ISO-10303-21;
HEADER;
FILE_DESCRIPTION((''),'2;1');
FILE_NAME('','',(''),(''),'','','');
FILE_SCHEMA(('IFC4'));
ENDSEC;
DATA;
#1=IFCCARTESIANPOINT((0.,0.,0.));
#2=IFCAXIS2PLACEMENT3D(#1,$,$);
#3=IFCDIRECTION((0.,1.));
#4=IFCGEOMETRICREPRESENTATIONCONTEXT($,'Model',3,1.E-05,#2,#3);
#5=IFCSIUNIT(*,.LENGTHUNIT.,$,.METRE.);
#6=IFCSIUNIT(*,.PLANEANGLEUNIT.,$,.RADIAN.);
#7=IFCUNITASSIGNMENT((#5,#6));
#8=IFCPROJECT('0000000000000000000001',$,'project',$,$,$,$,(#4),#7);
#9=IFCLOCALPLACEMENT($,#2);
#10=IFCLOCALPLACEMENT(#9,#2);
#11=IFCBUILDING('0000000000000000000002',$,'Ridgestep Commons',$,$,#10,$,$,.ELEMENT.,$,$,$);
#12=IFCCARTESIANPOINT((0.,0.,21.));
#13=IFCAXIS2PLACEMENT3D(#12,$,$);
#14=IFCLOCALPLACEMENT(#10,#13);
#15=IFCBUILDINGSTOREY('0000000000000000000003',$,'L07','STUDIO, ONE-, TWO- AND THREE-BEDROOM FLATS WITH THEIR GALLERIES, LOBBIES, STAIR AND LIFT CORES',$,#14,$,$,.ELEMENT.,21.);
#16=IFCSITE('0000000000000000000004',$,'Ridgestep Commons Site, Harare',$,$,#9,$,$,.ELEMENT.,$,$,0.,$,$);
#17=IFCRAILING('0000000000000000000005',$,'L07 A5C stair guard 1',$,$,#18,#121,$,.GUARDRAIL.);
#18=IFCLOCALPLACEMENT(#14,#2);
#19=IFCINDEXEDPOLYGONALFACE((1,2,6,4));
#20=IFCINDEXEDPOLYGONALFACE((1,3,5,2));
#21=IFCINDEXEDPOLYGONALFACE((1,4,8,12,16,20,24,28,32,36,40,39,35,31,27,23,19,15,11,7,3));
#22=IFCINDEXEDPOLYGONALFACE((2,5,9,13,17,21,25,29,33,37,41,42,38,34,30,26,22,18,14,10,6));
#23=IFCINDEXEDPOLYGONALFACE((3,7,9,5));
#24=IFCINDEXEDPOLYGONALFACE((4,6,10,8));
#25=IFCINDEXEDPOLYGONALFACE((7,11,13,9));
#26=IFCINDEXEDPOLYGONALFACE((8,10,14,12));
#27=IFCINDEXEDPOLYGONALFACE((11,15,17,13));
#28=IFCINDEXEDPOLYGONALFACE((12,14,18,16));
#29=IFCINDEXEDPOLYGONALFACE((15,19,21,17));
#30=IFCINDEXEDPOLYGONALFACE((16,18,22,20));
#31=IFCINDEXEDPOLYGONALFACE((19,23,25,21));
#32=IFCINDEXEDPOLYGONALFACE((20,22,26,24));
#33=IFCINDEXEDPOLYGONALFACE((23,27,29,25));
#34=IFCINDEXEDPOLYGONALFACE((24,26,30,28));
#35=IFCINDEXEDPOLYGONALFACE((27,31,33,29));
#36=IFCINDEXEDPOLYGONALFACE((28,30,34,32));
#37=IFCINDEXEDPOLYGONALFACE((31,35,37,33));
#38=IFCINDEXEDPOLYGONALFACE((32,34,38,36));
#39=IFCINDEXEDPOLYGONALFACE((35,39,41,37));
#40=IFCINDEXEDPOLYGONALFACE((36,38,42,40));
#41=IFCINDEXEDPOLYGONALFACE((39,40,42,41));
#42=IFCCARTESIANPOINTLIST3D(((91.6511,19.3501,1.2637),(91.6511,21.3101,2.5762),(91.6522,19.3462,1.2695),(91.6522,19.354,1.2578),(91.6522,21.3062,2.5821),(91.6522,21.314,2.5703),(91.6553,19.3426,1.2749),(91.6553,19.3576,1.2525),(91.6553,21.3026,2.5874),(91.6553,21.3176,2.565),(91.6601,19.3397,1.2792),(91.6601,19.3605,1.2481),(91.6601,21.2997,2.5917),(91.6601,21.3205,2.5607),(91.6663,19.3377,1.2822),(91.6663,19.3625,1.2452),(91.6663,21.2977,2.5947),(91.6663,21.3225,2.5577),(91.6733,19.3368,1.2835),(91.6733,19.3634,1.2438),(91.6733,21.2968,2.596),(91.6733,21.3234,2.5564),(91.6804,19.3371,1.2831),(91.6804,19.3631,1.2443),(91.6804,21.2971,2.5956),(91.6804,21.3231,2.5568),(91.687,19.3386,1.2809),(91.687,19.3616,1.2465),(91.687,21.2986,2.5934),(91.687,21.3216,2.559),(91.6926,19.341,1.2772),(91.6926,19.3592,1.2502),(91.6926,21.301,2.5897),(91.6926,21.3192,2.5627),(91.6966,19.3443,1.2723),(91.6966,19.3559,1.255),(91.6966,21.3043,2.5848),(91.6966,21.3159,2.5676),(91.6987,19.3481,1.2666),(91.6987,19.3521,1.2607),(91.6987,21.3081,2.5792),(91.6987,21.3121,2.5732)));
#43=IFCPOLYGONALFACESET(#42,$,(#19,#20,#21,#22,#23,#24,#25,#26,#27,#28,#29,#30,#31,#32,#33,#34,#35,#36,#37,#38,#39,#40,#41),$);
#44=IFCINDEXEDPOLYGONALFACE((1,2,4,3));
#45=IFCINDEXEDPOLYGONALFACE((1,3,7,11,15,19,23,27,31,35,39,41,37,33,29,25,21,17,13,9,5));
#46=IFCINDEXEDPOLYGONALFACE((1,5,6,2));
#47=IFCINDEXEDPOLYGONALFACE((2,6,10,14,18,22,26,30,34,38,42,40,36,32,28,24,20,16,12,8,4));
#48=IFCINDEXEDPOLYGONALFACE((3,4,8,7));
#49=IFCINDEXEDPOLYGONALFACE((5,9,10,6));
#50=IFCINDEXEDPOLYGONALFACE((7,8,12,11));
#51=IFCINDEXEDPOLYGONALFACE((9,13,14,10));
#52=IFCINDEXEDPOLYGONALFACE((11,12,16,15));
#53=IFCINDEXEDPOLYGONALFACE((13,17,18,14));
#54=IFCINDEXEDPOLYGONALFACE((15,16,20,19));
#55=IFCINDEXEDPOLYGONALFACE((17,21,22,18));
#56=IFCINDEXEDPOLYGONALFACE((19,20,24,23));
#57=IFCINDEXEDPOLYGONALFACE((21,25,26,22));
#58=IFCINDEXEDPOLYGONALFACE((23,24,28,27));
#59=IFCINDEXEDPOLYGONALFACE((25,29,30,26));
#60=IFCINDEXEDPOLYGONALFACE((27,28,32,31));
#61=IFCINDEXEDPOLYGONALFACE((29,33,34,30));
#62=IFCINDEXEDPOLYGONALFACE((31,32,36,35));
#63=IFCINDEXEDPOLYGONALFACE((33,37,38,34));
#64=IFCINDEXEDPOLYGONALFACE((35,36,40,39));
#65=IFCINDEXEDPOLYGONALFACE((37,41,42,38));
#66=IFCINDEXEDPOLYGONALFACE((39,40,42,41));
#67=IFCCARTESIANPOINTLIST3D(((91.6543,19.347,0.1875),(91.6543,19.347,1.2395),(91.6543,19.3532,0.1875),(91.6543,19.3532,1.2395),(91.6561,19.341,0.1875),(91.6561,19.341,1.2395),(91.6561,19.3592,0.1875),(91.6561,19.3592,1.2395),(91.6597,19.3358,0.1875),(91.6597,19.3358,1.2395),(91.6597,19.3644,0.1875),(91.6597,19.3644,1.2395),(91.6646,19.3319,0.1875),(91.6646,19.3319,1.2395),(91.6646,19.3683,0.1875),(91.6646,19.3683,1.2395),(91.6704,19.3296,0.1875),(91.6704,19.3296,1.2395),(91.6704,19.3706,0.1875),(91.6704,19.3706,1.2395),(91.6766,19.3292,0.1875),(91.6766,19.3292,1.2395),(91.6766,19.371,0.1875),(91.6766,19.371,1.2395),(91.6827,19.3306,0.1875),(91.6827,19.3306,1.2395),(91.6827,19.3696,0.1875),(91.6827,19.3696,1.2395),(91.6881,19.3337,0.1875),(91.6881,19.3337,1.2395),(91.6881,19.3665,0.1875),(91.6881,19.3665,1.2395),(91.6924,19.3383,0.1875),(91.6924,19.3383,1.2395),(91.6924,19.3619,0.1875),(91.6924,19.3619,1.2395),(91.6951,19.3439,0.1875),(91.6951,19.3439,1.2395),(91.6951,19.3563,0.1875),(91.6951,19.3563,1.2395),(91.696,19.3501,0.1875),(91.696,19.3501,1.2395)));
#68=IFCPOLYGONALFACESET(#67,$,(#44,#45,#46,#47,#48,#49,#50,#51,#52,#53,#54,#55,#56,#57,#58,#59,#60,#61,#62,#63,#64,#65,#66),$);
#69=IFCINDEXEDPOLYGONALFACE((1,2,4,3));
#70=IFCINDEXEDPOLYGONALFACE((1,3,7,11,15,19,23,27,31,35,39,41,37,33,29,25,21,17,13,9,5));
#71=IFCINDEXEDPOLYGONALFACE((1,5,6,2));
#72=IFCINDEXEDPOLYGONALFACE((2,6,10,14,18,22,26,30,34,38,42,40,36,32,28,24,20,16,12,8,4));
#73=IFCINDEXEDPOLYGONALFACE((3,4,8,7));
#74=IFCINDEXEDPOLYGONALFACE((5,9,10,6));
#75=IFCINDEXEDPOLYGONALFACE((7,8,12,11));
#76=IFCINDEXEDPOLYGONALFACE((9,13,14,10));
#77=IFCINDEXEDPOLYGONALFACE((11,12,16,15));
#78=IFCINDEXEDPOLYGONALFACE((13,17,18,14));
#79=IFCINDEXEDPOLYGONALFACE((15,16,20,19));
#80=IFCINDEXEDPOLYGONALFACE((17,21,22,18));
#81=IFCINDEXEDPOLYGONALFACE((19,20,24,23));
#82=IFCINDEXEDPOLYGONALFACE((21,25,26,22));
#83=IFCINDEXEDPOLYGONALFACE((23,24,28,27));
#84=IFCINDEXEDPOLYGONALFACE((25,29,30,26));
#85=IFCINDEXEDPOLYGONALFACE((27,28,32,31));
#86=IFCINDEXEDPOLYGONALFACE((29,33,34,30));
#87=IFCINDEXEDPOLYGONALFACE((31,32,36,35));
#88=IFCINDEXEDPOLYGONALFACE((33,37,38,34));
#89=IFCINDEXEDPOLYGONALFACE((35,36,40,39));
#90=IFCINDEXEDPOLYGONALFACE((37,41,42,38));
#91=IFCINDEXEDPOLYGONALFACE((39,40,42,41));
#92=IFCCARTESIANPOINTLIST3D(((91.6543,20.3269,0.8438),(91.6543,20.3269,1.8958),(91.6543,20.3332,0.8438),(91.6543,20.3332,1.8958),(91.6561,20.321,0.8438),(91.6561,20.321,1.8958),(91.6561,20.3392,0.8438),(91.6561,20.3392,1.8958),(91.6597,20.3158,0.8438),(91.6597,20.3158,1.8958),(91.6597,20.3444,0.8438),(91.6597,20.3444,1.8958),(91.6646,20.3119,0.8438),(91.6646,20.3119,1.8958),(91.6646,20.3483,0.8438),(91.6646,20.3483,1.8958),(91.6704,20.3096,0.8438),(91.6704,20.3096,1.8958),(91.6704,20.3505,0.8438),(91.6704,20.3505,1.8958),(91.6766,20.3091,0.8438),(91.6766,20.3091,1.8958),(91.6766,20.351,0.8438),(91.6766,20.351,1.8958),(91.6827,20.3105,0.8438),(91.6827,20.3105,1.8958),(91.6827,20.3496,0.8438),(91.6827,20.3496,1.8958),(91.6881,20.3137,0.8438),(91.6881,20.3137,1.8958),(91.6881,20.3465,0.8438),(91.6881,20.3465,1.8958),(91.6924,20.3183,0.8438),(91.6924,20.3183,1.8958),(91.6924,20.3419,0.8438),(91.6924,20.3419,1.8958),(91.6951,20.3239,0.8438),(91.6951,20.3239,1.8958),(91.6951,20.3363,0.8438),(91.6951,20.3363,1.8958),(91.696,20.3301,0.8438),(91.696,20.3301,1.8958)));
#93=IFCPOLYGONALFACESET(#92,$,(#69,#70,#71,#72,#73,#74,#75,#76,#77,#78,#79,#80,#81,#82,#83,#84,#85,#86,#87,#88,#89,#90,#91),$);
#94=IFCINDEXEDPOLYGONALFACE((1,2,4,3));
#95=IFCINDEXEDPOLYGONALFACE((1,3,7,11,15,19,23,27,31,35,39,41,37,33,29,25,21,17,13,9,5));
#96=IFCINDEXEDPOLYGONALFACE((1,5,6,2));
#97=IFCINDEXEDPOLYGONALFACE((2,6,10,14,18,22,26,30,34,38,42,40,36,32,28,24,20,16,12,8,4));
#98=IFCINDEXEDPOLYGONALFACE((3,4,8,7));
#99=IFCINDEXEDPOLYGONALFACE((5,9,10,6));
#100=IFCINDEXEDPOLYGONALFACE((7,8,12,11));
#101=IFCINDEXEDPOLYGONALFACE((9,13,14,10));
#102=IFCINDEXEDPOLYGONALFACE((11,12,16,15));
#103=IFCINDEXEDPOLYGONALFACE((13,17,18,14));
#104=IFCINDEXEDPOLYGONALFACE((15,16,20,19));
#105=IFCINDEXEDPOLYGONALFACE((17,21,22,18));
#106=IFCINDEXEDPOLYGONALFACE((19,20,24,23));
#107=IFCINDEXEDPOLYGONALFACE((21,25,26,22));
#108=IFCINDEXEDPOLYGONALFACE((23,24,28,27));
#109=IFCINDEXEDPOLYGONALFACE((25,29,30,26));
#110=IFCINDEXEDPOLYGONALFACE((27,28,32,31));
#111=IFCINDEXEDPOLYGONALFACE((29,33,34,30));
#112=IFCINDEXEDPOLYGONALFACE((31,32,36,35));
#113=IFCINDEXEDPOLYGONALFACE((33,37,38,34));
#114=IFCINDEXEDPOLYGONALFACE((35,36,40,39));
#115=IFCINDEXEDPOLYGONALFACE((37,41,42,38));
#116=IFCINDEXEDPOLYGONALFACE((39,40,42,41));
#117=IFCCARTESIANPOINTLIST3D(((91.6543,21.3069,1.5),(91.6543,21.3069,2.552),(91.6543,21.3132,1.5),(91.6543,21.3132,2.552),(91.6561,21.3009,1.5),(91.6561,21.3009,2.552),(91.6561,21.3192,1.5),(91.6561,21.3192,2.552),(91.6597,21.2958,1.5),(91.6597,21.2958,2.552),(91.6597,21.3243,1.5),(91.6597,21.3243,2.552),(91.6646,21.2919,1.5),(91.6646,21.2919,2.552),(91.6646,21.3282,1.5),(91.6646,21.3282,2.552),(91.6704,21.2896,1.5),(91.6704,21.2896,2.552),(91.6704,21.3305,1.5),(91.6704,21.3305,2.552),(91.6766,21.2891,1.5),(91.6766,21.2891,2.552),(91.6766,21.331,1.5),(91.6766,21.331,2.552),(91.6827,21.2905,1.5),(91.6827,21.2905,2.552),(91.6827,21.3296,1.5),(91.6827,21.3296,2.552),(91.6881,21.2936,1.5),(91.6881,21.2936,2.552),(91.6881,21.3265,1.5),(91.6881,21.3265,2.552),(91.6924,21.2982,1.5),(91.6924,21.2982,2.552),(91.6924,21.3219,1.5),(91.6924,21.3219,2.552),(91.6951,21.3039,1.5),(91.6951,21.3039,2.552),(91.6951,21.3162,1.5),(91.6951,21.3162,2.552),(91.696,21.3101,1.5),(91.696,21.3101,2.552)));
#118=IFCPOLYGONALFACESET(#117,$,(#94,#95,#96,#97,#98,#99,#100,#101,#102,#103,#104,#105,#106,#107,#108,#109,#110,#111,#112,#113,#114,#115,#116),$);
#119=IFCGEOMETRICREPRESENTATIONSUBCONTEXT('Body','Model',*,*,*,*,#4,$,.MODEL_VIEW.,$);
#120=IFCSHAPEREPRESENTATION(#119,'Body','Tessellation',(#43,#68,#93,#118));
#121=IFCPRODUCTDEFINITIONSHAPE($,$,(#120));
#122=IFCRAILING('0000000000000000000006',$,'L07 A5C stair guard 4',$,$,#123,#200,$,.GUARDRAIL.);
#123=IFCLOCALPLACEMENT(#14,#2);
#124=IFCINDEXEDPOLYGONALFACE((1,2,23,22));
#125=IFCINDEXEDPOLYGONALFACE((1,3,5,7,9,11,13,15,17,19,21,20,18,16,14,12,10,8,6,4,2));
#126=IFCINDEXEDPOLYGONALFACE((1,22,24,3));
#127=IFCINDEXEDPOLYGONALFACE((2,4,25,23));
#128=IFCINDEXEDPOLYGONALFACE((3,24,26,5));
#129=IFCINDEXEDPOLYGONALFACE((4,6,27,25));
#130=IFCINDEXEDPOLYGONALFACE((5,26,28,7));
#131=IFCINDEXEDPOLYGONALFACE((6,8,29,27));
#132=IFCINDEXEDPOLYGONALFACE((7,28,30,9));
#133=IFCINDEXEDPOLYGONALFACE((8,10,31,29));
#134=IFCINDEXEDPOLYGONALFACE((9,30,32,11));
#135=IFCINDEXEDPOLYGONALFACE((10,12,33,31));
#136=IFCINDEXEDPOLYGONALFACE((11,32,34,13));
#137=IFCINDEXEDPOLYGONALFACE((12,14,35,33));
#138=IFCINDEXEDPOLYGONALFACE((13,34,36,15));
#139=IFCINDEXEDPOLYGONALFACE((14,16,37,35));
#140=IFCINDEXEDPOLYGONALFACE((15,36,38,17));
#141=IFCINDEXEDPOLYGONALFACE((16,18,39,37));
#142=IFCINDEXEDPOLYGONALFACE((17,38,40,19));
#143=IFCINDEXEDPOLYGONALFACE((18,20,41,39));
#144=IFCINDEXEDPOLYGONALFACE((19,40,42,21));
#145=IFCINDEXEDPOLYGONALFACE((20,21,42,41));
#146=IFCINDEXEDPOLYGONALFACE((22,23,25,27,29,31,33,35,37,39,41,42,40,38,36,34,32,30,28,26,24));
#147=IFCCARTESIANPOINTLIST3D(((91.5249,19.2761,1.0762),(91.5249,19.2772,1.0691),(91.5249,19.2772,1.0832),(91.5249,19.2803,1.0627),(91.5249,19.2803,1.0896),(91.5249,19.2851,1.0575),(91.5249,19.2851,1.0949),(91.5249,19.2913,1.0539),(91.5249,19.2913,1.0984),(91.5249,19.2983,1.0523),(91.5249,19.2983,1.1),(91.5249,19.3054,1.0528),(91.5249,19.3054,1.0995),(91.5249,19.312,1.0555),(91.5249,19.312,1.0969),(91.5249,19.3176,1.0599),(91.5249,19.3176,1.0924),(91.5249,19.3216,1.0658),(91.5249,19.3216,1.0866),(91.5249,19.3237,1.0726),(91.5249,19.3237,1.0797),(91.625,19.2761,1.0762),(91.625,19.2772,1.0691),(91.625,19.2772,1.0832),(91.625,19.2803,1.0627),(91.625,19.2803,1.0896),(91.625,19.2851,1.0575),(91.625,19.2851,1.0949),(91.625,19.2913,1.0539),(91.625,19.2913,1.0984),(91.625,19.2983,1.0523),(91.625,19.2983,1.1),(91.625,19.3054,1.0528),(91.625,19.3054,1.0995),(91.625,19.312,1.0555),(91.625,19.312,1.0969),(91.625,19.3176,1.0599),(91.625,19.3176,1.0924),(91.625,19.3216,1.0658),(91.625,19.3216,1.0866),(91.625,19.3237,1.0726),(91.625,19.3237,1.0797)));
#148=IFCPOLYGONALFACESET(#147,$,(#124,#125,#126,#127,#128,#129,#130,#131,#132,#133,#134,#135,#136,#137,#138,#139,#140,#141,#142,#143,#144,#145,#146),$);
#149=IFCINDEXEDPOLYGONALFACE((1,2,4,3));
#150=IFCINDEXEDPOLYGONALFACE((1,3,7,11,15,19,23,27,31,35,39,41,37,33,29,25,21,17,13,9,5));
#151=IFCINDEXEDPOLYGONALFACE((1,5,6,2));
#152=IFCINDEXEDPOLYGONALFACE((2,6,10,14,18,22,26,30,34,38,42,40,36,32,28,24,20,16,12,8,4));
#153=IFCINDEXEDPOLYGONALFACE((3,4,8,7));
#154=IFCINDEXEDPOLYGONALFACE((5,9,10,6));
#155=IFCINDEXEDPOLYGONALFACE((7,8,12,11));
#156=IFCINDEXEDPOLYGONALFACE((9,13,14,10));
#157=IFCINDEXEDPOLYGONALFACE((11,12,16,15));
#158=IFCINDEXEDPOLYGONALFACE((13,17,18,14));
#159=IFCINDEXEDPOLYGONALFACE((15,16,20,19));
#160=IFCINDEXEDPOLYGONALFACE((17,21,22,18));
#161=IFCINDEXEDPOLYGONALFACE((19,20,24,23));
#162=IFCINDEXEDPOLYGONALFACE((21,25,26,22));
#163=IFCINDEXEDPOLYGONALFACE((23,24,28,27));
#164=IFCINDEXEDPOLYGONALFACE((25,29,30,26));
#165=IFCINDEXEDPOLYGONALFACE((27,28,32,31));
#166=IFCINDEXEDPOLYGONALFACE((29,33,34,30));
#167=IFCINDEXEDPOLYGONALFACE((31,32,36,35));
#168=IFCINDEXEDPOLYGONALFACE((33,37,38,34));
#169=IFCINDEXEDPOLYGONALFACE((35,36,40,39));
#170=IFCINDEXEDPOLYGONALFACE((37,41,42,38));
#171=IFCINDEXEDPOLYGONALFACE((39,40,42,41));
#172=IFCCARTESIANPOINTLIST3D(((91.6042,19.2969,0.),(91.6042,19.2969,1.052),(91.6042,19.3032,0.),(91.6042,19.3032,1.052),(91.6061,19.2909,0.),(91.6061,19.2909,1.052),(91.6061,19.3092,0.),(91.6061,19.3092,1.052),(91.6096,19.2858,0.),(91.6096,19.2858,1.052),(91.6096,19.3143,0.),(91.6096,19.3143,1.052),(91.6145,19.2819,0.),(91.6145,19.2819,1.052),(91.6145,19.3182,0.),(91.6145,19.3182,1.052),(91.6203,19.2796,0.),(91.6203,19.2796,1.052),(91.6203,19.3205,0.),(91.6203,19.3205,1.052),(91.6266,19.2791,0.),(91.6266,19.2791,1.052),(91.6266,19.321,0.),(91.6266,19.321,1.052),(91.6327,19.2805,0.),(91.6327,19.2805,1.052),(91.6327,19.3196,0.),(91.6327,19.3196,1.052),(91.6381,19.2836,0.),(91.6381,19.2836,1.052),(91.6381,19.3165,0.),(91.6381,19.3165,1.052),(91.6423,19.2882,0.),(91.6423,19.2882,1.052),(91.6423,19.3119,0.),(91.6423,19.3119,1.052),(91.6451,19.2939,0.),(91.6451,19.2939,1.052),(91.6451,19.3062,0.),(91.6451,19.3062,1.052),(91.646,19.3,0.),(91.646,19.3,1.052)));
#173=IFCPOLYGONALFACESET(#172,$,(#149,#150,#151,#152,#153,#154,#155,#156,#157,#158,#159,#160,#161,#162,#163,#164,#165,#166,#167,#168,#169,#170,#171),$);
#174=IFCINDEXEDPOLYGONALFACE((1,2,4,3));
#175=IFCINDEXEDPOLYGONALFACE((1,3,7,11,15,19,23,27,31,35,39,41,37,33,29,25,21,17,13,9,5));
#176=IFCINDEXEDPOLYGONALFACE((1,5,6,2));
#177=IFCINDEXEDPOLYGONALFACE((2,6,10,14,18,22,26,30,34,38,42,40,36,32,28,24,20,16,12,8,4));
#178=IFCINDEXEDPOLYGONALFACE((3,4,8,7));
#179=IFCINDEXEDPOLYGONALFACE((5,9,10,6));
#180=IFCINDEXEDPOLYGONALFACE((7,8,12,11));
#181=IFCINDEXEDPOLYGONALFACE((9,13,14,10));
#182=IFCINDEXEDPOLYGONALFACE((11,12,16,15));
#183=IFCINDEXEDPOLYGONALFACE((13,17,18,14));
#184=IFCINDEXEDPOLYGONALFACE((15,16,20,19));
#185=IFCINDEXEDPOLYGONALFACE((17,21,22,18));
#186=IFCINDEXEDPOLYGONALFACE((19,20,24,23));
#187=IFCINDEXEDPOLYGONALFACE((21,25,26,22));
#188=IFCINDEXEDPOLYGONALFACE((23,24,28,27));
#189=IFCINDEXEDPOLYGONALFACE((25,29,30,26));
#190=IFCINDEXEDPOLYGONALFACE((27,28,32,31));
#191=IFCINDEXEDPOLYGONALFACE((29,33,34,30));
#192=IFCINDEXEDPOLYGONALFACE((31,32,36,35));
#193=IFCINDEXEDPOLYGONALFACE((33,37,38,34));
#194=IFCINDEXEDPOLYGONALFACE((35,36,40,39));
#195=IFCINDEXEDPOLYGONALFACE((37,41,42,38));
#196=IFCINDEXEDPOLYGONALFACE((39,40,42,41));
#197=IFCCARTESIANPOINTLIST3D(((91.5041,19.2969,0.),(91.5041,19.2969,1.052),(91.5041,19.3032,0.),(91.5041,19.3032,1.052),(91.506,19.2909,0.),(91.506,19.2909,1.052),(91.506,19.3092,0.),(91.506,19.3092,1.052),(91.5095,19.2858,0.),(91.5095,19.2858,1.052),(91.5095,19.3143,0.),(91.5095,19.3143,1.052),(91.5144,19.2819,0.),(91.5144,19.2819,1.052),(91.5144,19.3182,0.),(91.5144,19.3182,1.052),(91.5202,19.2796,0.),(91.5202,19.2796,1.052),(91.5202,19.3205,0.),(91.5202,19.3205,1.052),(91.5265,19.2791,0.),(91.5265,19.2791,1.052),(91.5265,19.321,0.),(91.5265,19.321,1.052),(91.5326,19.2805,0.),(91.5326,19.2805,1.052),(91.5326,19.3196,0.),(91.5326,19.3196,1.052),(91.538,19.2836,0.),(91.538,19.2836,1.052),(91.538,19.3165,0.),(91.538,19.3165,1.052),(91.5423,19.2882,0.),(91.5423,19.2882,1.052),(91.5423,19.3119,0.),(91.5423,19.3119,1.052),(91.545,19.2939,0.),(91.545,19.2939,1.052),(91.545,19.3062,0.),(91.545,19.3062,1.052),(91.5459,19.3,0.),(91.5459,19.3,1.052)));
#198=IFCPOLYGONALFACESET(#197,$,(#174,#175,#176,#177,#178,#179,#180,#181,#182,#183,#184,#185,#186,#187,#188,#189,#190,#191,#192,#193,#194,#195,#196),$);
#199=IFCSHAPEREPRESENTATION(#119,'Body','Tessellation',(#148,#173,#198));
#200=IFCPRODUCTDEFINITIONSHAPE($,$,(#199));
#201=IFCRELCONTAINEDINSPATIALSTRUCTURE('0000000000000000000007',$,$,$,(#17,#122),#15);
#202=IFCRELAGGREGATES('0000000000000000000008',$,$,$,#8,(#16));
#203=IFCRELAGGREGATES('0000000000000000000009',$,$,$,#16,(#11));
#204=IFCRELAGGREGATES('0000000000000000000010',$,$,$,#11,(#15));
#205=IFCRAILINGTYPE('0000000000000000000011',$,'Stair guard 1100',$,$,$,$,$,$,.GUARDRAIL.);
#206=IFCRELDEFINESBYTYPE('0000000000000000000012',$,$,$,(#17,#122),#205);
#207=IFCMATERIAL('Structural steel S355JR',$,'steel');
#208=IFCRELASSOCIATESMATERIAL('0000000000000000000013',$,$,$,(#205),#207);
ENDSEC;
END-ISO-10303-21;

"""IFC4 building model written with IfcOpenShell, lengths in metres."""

from ifc_helpers import new_model, si_unit, direction, frame, origin, origin_2d, place, context, subcontext, project, spatial, circle, extrude, material, type_object, element, save


model = new_model("IFC4")

# Units and contexts
model_context = context("Model", 3, precision=1e-05, world=origin(), true_north=direction((0.0, 1.0)))
body_context = subcontext(model_context, "Body", "Model", "MODEL_VIEW")
ifc_project = project(units=[si_unit("LENGTHUNIT", "METRE"), si_unit("PLANEANGLEUNIT", "RADIAN")], contexts=[model_context])

# Site, building, storey
site_placement = place(None, origin())
site = spatial("IfcSite", under=ifc_project, at=site_placement, Name="Ridgestep Commons Site, Harare", CompositionType="ELEMENT", RefElevation=0.0)
building_placement = place(site_placement, origin())
building = spatial("IfcBuilding", under=site, at=building_placement, Name="Ridgestep Commons", CompositionType="ELEMENT")
storey_placement = place(building_placement, frame((0.0, 0.0, 21.0)))
storey = spatial("IfcBuildingStorey", under=building, at=storey_placement, Name="L07", Description="STUDIO, ONE-, TWO- AND THREE-BEDROOM FLATS WITH THEIR GALLERIES, LOBBIES, STAIR AND LIFT CORES", CompositionType="ELEMENT", Elevation=21.0)

# Railings
ifc_material_1 = material(Name="Structural steel S355JR", Category="steel")
railing_type_1 = type_object("IfcRailingType", Name="Stair guard 1100", PredefinedType="GUARDRAIL", material=ifc_material_1)
railing_1_placement = place(storey_placement, frame((91.675, 19.3501, 0.1875)))
element("IfcRailing", 1, at=railing_1_placement, inside=storey, type_object=railing_type_1, Name="L07 A5C stair guard 1", PredefinedType="GUARDRAIL", context=body_context, shape_type="SweptSolid", body=[
    extrude(circle(Radius=0.0239, at=origin_2d()), frame((0.0, 0.0, 1.0762), z_axis=(0.0, 0.830902, 0.556419), x_axis=(-1.0, 0.0, 0.0)), (0.0, 0.0, 1.0), 2.3589),
    extrude(circle(Radius=0.021, at=origin_2d()), origin(), (0.0, 0.0, 1.0), 1.052),
    extrude(circle(Radius=0.021, at=origin_2d()), frame((0.0, 0.98, 0.6562)), (0.0, 0.0, 1.0), 1.052),
    extrude(circle(Radius=0.021, at=origin_2d()), frame((0.0, 1.96, 1.3125)), (0.0, 0.0, 1.0), 1.052),
])
railing_2_placement = place(storey_placement, frame((91.625, 19.3, 0.0)))
element("IfcRailing", 2, at=railing_2_placement, inside=storey, type_object=railing_type_1, Name="L07 A5C stair guard 4", PredefinedType="GUARDRAIL", context=body_context, shape_type="SweptSolid", body=[
    extrude(circle(Radius=0.0239, at=origin_2d()), frame((0.0, 0.0, 1.0762), z_axis=(-1.0, 0.0, 0.0), x_axis=(0.0, -1.0, 0.0)), (0.0, 0.0, 1.0), 0.1001),
    extrude(circle(Radius=0.021, at=origin_2d()), origin(), (0.0, 0.0, 1.0), 1.052),
    extrude(circle(Radius=0.021, at=origin_2d()), frame((-0.1001, 0.0, 0.0)), (0.0, 0.0, 1.0), 1.052),
])

save(model, "model.ifc")
